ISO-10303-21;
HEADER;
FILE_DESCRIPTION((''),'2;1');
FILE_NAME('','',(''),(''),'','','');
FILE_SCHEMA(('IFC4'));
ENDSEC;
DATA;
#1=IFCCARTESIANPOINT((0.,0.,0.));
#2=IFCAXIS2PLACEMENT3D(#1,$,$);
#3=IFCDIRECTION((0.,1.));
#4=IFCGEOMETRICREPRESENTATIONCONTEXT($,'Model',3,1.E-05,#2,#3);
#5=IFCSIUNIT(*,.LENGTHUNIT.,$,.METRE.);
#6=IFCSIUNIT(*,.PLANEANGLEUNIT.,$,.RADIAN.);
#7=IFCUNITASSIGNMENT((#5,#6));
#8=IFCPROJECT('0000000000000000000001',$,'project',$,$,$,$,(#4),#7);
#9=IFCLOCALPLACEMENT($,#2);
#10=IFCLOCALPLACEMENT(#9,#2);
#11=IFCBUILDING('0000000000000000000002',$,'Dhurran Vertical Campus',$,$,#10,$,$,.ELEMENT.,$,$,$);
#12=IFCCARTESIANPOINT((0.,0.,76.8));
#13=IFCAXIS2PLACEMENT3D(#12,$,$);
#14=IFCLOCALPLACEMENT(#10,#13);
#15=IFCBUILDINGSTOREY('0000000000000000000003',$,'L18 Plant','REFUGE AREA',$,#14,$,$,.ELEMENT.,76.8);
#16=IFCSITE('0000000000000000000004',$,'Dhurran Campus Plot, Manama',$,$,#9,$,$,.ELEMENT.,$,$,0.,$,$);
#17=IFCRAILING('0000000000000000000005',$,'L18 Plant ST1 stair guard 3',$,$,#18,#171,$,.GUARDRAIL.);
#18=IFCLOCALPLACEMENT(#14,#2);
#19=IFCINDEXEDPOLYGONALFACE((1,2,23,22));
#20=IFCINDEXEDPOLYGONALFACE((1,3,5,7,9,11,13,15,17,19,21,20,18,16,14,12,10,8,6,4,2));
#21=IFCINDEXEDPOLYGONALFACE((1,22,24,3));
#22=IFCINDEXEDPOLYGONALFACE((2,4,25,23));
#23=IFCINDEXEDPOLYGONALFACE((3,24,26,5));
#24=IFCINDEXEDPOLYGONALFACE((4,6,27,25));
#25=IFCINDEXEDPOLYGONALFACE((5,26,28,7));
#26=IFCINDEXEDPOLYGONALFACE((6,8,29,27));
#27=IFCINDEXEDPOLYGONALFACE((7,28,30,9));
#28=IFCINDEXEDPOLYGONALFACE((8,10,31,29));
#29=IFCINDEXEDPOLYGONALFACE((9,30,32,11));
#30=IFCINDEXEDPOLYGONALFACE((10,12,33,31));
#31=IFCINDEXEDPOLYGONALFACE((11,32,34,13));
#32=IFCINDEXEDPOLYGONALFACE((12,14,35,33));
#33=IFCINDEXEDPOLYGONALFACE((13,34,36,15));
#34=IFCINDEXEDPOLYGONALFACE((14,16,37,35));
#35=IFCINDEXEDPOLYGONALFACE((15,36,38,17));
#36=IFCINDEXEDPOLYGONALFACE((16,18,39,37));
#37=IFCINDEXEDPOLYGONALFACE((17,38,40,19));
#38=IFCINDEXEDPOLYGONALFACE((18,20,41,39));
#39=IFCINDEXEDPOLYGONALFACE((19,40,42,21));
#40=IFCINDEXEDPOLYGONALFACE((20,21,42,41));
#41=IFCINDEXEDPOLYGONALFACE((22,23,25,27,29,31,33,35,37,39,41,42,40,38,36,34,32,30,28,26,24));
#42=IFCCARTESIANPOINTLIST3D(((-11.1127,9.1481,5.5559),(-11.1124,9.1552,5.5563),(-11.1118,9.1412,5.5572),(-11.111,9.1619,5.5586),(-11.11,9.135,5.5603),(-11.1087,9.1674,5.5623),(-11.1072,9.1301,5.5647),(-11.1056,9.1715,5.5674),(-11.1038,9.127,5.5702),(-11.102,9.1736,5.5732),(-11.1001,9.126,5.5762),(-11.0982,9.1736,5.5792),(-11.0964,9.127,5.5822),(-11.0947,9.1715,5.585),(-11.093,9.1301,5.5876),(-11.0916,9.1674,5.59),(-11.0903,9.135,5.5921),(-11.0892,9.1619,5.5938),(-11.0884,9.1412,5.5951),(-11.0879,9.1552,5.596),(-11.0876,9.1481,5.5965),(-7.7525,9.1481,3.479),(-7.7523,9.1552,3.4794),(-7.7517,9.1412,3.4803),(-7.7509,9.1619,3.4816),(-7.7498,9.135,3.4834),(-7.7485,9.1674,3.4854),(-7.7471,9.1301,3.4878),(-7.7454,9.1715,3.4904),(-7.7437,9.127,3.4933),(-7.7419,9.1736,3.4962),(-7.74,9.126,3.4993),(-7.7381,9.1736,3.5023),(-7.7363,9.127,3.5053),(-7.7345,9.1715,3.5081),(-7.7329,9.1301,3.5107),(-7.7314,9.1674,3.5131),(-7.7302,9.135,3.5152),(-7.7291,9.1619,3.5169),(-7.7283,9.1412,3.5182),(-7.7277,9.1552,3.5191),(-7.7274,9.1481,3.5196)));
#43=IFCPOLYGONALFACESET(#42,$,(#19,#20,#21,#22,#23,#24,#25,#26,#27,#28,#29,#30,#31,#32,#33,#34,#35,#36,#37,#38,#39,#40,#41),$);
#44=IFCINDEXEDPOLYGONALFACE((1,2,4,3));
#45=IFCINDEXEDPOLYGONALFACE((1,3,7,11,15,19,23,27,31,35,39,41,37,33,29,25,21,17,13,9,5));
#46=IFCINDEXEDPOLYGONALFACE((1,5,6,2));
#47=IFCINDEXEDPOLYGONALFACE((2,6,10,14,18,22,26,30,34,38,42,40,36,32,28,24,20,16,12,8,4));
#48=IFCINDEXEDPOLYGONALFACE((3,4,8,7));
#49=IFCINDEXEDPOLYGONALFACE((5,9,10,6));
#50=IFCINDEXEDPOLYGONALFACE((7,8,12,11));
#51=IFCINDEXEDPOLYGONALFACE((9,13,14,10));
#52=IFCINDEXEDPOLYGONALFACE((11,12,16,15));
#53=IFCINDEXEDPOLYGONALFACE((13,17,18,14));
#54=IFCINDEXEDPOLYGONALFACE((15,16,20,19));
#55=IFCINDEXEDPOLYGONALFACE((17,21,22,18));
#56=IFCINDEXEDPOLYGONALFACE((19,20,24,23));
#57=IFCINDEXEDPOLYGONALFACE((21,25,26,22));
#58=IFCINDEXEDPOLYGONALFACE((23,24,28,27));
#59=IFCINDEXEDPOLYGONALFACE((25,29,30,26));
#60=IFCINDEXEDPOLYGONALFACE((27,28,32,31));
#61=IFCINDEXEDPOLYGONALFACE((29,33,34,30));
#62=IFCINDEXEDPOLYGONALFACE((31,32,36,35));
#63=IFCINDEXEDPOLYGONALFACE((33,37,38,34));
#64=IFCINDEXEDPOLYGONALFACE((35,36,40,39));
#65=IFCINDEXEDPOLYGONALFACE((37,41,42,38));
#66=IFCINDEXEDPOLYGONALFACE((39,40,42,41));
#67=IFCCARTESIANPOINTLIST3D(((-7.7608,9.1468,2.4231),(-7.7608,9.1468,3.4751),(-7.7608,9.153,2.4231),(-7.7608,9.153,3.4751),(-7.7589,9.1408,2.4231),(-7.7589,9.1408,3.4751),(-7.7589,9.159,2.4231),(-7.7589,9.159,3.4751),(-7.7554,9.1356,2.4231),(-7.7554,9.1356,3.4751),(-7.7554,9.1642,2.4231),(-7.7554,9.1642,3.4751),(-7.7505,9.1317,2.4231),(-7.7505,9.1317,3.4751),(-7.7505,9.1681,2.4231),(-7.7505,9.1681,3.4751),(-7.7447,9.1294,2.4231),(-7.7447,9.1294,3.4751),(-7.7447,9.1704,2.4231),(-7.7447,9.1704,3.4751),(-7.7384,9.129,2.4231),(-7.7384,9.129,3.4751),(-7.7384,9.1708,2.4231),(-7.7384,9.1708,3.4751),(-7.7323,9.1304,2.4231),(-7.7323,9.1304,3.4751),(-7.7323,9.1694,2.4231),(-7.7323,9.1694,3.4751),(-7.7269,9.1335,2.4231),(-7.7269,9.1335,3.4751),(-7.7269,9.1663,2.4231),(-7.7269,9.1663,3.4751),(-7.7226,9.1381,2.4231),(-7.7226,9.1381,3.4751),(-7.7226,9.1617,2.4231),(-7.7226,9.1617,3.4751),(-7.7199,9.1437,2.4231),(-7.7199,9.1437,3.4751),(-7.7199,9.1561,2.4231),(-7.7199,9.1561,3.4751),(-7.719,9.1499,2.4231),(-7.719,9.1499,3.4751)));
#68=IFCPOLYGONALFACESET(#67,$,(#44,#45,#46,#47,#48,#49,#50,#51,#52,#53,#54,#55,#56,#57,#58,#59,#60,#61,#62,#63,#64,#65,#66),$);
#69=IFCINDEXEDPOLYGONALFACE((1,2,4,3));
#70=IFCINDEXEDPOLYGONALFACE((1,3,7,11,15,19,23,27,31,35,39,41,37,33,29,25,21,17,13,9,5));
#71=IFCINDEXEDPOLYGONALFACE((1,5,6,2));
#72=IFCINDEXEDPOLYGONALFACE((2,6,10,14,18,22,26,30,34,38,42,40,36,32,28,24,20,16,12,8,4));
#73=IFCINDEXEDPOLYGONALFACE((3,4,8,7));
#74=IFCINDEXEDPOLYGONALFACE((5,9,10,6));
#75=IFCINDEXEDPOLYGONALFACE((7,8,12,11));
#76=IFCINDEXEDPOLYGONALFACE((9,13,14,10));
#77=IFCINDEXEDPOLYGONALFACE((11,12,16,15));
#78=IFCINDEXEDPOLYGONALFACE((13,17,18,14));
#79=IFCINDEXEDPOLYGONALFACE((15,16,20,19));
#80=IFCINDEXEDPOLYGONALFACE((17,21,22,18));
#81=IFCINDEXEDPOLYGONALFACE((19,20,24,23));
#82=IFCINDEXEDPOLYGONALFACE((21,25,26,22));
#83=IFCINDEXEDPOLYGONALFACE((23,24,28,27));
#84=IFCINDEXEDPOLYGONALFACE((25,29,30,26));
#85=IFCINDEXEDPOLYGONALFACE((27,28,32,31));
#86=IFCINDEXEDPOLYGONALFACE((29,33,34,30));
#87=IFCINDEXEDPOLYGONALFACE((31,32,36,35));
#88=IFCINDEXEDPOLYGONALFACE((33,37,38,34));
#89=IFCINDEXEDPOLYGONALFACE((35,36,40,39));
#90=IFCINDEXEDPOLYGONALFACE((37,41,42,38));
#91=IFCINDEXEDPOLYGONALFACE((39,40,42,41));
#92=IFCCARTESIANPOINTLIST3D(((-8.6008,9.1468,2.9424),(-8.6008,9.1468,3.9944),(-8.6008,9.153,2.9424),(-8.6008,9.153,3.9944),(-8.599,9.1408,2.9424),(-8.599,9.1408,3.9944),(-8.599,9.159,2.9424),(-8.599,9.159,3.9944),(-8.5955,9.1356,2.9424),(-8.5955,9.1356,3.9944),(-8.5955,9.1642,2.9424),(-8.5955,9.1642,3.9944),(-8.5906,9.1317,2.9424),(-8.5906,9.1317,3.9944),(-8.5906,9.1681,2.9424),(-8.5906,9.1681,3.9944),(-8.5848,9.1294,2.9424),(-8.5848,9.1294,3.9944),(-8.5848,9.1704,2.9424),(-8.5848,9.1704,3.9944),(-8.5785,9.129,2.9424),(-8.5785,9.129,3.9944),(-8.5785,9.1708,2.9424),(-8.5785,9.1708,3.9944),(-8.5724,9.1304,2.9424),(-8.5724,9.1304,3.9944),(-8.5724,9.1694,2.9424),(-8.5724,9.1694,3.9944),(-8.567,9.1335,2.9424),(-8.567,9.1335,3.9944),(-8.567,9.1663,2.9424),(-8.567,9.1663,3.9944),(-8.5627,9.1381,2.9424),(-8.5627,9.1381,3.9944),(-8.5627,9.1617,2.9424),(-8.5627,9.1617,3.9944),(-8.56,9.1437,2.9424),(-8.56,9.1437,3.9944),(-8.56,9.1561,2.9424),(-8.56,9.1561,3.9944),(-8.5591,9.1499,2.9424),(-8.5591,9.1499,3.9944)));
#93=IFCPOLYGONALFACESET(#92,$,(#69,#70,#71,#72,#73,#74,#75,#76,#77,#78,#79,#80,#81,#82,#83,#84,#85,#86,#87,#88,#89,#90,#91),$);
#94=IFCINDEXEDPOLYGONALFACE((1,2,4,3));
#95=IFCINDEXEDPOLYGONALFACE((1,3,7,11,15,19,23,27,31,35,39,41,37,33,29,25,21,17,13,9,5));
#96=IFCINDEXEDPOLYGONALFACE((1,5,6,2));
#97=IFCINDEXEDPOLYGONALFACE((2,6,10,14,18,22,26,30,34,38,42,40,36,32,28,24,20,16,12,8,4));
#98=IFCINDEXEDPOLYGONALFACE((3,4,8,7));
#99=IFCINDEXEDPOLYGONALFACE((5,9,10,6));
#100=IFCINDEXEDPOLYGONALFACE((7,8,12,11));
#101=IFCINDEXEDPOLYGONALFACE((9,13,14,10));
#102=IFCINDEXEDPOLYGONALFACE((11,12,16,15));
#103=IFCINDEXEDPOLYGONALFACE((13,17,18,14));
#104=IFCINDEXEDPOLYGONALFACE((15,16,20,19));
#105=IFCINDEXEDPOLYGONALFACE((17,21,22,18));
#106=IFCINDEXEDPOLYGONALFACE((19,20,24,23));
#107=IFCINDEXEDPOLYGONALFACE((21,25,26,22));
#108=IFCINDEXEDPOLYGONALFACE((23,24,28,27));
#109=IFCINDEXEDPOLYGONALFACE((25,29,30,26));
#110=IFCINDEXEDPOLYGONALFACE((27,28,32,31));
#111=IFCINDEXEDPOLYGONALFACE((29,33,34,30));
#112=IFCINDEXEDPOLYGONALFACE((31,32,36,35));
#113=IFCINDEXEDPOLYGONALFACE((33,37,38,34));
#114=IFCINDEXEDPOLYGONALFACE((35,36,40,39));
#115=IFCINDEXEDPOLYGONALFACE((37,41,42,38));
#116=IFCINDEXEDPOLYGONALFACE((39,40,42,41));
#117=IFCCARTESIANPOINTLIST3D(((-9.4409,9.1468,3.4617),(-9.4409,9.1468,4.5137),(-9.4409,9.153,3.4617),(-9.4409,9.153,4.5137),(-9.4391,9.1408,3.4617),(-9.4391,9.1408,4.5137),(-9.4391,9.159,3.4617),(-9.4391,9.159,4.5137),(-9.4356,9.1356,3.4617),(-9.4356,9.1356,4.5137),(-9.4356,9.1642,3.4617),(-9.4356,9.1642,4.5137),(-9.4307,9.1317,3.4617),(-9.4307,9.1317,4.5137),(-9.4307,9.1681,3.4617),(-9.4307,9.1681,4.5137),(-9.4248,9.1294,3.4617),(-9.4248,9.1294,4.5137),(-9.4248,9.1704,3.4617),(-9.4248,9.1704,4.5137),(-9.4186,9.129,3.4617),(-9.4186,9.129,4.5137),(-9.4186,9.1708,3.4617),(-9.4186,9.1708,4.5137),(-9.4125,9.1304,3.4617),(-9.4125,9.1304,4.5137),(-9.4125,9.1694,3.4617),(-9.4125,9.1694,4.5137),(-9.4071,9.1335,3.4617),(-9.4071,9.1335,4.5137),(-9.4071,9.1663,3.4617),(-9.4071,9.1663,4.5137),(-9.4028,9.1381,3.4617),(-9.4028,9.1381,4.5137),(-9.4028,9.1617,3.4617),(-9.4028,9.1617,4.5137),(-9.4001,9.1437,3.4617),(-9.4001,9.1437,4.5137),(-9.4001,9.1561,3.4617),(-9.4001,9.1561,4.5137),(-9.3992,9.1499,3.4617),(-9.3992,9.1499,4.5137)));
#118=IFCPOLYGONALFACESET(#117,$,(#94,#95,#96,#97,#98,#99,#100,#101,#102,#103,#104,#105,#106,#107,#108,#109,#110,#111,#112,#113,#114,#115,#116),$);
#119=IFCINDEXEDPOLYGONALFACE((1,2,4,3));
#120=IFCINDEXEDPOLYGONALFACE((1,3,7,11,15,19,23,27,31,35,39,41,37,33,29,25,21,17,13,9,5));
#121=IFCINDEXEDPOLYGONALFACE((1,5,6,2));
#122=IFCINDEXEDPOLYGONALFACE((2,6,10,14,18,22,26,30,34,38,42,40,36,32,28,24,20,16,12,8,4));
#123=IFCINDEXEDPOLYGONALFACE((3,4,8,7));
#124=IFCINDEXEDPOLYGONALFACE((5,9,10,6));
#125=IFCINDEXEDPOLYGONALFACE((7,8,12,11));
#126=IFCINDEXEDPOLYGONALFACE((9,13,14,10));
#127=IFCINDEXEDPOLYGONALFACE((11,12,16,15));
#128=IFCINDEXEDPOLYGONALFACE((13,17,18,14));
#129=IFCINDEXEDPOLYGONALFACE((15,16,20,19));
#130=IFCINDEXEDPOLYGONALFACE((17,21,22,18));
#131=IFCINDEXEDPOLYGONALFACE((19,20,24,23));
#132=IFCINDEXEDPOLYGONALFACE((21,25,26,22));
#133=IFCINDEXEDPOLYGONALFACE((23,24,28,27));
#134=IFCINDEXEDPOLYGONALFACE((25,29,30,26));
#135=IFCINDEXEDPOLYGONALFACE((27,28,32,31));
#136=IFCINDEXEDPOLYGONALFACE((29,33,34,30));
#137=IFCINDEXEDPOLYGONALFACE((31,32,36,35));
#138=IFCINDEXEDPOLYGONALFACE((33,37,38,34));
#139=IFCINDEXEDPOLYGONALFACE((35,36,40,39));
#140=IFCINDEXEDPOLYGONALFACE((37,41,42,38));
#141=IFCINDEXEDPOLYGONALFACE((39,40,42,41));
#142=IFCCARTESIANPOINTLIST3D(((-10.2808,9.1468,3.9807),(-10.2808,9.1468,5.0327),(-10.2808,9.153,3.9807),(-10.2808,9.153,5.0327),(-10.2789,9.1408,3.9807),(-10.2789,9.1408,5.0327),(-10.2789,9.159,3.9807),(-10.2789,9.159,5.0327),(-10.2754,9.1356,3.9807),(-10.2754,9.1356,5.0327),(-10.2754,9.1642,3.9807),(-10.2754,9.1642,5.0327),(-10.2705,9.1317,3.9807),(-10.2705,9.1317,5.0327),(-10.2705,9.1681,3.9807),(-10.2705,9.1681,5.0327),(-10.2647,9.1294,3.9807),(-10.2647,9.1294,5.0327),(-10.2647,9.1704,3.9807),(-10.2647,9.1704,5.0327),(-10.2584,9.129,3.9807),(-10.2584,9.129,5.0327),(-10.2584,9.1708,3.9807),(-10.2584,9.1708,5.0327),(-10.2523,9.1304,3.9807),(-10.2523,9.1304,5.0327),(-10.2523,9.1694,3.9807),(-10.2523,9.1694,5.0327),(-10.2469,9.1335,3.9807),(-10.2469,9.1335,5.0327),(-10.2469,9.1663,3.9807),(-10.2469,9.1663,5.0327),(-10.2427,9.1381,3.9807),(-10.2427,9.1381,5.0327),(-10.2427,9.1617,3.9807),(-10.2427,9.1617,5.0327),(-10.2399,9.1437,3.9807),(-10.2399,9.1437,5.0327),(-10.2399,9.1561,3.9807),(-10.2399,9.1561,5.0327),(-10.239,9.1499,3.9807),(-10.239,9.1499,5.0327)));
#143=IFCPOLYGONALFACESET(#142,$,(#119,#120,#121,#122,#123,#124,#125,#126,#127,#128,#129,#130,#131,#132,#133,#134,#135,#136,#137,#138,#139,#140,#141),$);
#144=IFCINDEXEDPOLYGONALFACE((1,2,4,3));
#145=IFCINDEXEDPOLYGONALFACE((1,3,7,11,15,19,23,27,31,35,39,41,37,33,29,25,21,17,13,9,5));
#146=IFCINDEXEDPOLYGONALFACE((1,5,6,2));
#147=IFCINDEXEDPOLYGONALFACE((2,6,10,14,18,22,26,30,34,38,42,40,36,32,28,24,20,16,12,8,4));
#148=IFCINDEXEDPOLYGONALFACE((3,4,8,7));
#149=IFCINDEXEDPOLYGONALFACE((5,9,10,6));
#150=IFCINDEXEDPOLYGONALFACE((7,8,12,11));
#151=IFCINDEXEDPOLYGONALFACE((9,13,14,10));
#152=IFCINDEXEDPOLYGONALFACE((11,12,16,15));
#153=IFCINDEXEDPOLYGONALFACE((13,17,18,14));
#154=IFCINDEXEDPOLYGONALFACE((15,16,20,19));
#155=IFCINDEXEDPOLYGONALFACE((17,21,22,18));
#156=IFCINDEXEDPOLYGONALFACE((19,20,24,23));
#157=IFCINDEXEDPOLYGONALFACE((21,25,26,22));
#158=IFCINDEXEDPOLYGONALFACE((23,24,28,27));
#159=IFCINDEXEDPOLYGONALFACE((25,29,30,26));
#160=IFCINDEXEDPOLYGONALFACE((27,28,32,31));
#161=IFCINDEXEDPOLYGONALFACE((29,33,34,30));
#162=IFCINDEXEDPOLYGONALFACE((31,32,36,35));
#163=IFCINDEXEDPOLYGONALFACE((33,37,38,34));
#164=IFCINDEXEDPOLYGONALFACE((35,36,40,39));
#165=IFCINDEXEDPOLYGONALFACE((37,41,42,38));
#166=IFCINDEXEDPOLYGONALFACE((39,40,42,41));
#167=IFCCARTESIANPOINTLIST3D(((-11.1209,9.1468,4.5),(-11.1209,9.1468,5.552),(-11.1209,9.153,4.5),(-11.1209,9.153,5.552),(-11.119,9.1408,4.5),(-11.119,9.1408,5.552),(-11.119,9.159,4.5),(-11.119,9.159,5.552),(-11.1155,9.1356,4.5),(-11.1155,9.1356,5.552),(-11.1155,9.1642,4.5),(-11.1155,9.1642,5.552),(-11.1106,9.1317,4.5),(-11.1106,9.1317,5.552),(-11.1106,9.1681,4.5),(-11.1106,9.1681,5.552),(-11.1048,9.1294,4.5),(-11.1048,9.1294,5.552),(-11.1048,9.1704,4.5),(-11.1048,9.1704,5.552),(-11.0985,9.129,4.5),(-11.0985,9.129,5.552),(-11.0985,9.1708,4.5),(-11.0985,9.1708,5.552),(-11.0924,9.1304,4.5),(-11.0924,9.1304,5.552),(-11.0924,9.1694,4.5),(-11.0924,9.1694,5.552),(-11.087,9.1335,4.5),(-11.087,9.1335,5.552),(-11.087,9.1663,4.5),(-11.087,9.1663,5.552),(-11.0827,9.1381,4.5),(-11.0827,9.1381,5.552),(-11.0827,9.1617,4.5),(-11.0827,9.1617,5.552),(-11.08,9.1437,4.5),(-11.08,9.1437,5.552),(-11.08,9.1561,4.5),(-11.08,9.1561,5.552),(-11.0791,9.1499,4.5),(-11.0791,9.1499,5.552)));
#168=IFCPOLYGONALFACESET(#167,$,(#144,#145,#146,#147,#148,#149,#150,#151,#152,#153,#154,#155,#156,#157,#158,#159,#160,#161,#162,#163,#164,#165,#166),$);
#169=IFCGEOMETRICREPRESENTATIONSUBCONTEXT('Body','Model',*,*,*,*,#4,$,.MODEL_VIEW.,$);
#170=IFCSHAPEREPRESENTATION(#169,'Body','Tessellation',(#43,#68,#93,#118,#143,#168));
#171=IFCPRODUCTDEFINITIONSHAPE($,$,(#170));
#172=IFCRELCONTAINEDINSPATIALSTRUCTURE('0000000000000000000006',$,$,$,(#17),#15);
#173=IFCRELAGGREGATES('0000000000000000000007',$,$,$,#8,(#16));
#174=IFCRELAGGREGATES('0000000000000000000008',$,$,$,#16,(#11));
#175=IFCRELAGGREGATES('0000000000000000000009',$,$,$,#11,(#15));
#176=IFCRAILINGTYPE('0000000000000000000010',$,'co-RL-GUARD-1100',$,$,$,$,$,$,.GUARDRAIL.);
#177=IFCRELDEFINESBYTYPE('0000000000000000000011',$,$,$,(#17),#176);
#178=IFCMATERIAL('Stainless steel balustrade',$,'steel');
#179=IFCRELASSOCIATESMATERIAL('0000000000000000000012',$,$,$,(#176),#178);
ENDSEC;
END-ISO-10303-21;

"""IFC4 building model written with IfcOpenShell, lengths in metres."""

from ifc_helpers import new_model, si_unit, direction, frame, origin, origin_2d, place, context, subcontext, project, spatial, circle, extrude, material, type_object, element, save


model = new_model("IFC4")

# Units and contexts
model_context = context("Model", 3, precision=1e-05, world=origin(), true_north=direction((0.0, 1.0)))
body_context = subcontext(model_context, "Body", "Model", "MODEL_VIEW")
ifc_project = project(units=[si_unit("LENGTHUNIT", "METRE"), si_unit("PLANEANGLEUNIT", "RADIAN")], contexts=[model_context])

# Site, building, storey
site_placement = place(None, origin())
site = spatial("IfcSite", under=ifc_project, at=site_placement, Name="Dhurran Campus Plot, Manama", CompositionType="ELEMENT", RefElevation=0.0)
building_placement = place(site_placement, origin())
building = spatial("IfcBuilding", under=site, at=building_placement, Name="Dhurran Vertical Campus", CompositionType="ELEMENT")
storey_placement = place(building_placement, frame((0.0, 0.0, 76.8)))
storey = spatial("IfcBuildingStorey", under=building, at=storey_placement, Name="L18 Plant", Description="REFUGE AREA", CompositionType="ELEMENT", Elevation=76.8)

# Railing
ifc_material_1 = material(Name="Stainless steel balustrade", Category="steel")
railing_type_1 = type_object("IfcRailingType", Name="co-RL-GUARD-1100", PredefinedType="GUARDRAIL", material=ifc_material_1)
railing_1_placement = place(storey_placement, frame((-7.74, 9.1499, 2.4231)))
element("IfcRailing", 1, at=railing_1_placement, inside=storey, type_object=railing_type_1, Name="L18 Plant ST1 stair guard 3", PredefinedType="GUARDRAIL", context=body_context, shape_type="SweptSolid", body=[
    extrude(circle(Radius=0.0239, at=origin_2d()), frame((0.0, 0.0, 1.0762), z_axis=(-0.850623, 0.0, 0.525776), x_axis=(0.0, -1.0, 0.0)), (0.0, 0.0, 1.0), 3.9502),
    extrude(circle(Radius=0.021, at=origin_2d()), origin(), (0.0, 0.0, 1.0), 1.052),
    extrude(circle(Radius=0.021, at=origin_2d()), frame((-0.8401, 0.0, 0.5193)), (0.0, 0.0, 1.0), 1.052),
    extrude(circle(Radius=0.021, at=origin_2d()), frame((-1.6802, 0.0, 1.0386)), (0.0, 0.0, 1.0), 1.052),
    extrude(circle(Radius=0.021, at=origin_2d()), frame((-2.52, 0.0, 1.5576)), (0.0, 0.0, 1.0), 1.052),
    extrude(circle(Radius=0.021, at=origin_2d()), frame((-3.3601, 0.0, 2.0769)), (0.0, 0.0, 1.0), 1.052),
])

save(model, "model.ifc")
